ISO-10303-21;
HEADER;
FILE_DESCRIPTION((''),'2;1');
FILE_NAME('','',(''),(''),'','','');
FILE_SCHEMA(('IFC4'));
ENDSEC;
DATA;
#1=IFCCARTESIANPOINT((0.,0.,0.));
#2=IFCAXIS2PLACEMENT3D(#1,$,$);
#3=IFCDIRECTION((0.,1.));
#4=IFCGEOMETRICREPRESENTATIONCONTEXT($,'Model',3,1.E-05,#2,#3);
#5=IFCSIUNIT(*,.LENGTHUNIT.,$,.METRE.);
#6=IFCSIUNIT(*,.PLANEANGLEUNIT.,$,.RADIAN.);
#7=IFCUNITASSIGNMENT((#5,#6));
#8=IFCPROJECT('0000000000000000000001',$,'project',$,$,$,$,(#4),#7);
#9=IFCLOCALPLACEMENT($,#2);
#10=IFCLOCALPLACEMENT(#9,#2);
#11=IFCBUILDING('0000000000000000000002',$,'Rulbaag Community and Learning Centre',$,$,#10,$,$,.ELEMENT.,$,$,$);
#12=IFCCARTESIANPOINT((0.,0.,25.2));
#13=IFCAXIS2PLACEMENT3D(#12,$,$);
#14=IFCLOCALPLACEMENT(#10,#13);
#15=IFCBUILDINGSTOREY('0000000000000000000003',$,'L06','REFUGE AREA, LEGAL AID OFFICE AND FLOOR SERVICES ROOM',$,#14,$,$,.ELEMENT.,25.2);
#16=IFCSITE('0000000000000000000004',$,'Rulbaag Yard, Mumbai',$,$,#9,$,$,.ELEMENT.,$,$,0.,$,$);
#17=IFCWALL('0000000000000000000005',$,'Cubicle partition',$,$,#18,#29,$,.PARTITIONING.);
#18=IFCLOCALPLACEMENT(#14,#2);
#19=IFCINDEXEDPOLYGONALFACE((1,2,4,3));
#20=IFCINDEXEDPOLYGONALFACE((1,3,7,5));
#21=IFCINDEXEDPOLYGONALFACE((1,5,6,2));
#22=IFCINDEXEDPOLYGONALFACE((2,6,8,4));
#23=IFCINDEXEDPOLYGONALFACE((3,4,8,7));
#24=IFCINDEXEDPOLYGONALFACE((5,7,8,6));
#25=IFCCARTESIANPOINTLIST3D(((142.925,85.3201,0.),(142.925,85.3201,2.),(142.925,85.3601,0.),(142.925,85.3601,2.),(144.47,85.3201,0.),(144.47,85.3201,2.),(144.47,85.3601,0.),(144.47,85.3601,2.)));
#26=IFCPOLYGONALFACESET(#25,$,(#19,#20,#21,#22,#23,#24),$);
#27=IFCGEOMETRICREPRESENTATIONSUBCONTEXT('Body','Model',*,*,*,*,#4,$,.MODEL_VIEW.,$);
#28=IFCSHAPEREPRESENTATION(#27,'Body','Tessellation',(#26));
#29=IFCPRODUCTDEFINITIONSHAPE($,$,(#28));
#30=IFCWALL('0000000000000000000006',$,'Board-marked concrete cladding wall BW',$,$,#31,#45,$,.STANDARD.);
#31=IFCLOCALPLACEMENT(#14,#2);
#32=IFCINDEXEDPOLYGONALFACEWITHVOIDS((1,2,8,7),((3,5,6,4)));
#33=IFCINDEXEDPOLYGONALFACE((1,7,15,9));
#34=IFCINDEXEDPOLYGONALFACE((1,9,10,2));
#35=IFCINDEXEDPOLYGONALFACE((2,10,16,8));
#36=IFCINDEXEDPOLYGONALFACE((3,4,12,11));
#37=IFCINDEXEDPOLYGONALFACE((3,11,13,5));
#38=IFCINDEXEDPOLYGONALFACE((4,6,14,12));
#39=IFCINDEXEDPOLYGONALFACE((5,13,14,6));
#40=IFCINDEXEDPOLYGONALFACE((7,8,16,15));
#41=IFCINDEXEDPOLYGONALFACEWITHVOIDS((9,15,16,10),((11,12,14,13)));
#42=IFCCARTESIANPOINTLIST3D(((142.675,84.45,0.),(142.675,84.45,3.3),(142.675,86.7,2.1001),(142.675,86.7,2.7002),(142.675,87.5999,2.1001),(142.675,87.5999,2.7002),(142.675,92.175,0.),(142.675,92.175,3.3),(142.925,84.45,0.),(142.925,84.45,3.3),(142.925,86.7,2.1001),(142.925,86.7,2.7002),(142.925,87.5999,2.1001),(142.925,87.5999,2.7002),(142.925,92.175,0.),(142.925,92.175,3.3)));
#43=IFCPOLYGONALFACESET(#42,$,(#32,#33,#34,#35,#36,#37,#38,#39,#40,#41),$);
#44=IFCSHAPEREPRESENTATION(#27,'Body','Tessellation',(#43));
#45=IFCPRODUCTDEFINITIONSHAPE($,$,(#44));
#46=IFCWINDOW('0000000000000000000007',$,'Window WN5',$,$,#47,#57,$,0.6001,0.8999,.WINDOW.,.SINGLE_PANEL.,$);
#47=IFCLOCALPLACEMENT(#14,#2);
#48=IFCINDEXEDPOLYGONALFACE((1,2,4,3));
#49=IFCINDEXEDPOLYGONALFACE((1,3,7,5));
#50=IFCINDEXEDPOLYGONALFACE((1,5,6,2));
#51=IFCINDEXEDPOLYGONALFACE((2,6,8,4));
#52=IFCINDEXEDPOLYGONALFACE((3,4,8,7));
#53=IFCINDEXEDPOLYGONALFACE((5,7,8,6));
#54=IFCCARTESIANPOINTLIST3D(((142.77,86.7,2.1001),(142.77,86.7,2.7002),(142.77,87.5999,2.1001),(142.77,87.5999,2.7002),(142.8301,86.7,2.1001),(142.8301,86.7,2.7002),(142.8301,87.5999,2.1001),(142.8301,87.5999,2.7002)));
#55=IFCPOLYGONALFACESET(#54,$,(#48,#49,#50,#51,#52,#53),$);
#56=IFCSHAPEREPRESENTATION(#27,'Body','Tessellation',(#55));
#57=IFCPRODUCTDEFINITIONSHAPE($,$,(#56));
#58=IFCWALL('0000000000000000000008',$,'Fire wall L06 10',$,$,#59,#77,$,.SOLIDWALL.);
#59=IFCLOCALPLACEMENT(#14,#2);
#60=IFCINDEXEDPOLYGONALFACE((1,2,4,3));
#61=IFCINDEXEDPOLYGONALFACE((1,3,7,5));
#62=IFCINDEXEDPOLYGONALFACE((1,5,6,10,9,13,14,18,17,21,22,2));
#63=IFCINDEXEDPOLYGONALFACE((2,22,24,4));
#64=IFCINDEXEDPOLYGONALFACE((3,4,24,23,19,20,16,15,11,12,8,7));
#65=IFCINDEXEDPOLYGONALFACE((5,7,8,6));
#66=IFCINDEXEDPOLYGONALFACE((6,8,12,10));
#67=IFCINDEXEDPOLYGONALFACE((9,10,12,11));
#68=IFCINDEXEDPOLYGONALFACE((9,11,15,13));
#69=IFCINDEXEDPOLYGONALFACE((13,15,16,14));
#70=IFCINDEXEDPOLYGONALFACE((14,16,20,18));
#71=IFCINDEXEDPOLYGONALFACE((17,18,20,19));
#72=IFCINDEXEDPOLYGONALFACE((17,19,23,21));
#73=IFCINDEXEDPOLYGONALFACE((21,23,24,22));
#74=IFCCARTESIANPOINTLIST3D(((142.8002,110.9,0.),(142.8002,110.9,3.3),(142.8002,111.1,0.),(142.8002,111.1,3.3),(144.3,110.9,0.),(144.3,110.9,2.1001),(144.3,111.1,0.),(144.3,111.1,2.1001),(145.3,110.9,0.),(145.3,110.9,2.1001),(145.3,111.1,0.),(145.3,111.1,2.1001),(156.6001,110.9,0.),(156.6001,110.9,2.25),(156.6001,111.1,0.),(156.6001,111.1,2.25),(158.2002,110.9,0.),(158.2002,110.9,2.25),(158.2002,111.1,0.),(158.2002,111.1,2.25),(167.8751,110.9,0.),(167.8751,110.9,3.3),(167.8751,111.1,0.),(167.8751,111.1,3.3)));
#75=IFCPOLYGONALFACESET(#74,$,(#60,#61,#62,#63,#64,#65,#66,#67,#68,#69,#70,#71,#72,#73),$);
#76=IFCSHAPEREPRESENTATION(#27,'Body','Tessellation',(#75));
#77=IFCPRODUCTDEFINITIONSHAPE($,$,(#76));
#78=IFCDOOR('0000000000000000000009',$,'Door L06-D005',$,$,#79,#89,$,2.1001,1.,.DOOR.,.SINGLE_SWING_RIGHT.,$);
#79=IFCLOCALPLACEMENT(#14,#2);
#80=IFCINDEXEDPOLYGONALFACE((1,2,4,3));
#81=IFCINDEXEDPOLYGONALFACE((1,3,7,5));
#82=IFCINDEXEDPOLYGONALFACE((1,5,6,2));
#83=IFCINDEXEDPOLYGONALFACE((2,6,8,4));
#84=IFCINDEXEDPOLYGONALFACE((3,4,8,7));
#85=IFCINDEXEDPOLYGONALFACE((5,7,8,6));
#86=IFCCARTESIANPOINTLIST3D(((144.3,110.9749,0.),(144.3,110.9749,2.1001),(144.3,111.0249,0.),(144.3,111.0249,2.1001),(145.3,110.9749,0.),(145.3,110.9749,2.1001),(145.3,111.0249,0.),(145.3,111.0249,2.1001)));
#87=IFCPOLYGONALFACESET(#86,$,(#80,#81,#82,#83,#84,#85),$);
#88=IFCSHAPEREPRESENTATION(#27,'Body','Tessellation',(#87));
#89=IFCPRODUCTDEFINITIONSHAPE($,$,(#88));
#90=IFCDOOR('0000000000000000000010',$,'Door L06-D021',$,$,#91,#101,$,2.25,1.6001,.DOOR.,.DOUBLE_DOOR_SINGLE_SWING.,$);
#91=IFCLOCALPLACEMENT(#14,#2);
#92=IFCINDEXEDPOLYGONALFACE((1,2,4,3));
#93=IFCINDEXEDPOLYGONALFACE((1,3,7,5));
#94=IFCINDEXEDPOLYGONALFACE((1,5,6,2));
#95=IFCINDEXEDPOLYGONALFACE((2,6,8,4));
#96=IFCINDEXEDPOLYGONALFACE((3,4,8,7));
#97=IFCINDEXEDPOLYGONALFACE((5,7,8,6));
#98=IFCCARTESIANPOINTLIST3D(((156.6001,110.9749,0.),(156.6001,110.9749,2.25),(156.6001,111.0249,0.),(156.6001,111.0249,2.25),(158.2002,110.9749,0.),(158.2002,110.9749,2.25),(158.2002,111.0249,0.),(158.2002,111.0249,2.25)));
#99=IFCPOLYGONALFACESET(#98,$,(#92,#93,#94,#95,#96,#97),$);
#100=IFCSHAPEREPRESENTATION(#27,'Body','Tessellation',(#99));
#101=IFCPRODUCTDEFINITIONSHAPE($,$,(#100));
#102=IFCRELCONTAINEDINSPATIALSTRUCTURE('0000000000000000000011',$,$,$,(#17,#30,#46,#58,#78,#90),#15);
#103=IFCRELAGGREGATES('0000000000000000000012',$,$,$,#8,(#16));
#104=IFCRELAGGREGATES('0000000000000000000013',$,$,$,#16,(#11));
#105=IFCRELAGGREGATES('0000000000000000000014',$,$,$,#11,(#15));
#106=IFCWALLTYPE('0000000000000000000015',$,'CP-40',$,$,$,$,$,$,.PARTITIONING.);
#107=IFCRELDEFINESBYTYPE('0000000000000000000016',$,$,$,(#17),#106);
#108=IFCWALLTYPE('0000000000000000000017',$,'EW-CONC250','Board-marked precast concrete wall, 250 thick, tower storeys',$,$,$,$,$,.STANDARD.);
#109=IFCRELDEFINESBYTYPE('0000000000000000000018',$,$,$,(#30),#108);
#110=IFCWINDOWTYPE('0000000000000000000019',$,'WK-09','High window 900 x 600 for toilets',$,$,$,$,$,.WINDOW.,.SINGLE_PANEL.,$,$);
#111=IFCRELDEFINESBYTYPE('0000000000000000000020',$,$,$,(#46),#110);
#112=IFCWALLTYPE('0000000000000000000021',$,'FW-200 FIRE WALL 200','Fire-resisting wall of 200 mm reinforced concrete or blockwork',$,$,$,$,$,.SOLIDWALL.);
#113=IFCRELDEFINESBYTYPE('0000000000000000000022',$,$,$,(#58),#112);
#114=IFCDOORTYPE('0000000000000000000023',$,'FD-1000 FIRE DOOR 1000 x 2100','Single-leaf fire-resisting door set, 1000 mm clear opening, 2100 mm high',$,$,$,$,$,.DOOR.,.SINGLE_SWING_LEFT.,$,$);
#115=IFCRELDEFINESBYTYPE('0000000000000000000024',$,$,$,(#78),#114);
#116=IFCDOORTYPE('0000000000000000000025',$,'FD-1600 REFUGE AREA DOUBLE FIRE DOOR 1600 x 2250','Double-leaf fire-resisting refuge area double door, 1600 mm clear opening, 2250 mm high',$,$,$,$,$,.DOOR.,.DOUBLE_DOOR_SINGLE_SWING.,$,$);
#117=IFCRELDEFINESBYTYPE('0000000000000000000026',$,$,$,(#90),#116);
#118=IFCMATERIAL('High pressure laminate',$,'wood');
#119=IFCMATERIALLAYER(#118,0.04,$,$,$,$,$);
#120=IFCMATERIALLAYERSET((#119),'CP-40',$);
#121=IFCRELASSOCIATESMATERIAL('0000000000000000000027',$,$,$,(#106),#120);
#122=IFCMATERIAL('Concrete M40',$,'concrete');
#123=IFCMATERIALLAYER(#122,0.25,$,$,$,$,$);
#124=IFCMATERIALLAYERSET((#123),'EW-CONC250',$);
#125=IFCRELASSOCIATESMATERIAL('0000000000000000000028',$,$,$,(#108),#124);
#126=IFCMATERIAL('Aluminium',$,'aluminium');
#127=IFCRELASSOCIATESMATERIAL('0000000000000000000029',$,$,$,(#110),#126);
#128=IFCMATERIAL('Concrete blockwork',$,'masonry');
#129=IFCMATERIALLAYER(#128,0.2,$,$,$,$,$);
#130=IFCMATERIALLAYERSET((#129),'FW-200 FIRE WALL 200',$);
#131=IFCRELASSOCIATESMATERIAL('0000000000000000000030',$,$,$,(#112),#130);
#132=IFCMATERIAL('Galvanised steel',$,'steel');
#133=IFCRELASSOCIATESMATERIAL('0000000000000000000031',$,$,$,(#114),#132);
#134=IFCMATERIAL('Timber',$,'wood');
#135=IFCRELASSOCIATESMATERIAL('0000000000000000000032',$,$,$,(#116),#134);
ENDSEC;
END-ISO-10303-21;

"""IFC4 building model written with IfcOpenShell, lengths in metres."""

from ifc_helpers import new_model, si_unit, direction, frame, frame_2d, origin, place, context, subcontext, project, spatial, rectangle, extrude, material, layer, layer_set, type_object, element, fill, save


model = new_model("IFC4")

# Units and contexts
model_context = context("Model", 3, precision=1e-05, world=origin(), true_north=direction((0.0, 1.0)))
body_context = subcontext(model_context, "Body", "Model", "MODEL_VIEW")
ifc_project = project(units=[si_unit("LENGTHUNIT", "METRE"), si_unit("PLANEANGLEUNIT", "RADIAN")], contexts=[model_context])

# Site, building, storey
site_placement = place(None, origin())
site = spatial("IfcSite", under=ifc_project, at=site_placement, Name="Rulbaag Yard, Mumbai", CompositionType="ELEMENT", RefElevation=0.0)
building_placement = place(site_placement, origin())
building = spatial("IfcBuilding", under=site, at=building_placement, Name="Rulbaag Community and Learning Centre", CompositionType="ELEMENT")
storey_placement = place(building_placement, frame((0.0, 0.0, 25.2)))
storey = spatial("IfcBuildingStorey", under=building, at=storey_placement, Name="L06", Description="REFUGE AREA, LEGAL AID OFFICE AND FLOOR SERVICES ROOM", CompositionType="ELEMENT", Elevation=25.2)

# Shared definitions
ifc_material_1 = material(Name="Aluminium", Category="aluminium")

# Wall
ifc_material_2 = material(Name="High pressure laminate", Category="wood")
ifc_layer_1 = layer(ifc_material_2, 0.04)
ifc_layer_set_1 = layer_set([ifc_layer_1], Name="CP-40")
wall_type_1 = type_object("IfcWallType", Name="CP-40", PredefinedType="PARTITIONING", material=ifc_layer_set_1)
wall_1_placement = place(storey_placement, frame((142.925, 85.3401, 0.0), z_axis=(0.0, 0.0, 1.0), x_axis=(1.0, 0.0, 0.0)))
element("IfcWall", 1, at=wall_1_placement, inside=storey, type_object=wall_type_1, Name="Cubicle partition", PredefinedType="PARTITIONING", context=body_context, shape_type="SweptSolid", body=[
    extrude(rectangle(XDim=1.5449, YDim=0.04, at=frame_2d((0.7725, 0.0))), origin(), (0.0, 0.0, 1.0), 2.0),
])

# Wall, opening, window
ifc_material_3 = material(Name="Concrete M40", Category="concrete")
ifc_layer_2 = layer(ifc_material_3, 0.25)
ifc_layer_set_2 = layer_set([ifc_layer_2], Name="EW-CONC250")
wall_type_2 = type_object("IfcWallType", Name="EW-CONC250", Description="Board-marked precast concrete wall, 250 thick, tower storeys", PredefinedType="STANDARD", material=ifc_layer_set_2)
wall_2_placement = place(storey_placement, frame((142.8, 84.45, 0.0), z_axis=(0.0, 0.0, 1.0), x_axis=(0.0, 1.0, 0.0)))
wall_2 = element("IfcWall", 2, at=wall_2_placement, inside=storey, type_object=wall_type_2, Name="Board-marked concrete cladding wall BW", PredefinedType="STANDARD", context=body_context, shape_type="SweptSolid", body=[
    extrude(rectangle(XDim=7.7251, YDim=0.25, at=frame_2d((3.8625, 0.0))), origin(), (0.0, 0.0, 1.0), 3.3),
])
opening_1_placement = place(wall_2_placement, frame((2.25, 0.0, 2.1001)))
opening_1 = element("IfcOpeningElement", 3, at=opening_1_placement, cuts=wall_2, PredefinedType="OPENING", context=body_context, shape_type="SweptSolid", body=[
    extrude(rectangle(XDim=0.8999, YDim=0.6001, at=frame_2d((0.45, 0.3))), frame((0.0, 0.135, 0.0), z_axis=(0.0, -1.0, 0.0), x_axis=(1.0, 0.0, 0.0)), (0.0, 0.0, 1.0), 0.27),
])
window_type_1 = type_object("IfcWindowType", Name="WK-09", Description="High window 900 x 600 for toilets", PartitioningType="SINGLE_PANEL", PredefinedType="WINDOW", material=ifc_material_1)
window_1_placement = place(opening_1_placement, origin())
window_1 = element("IfcWindow", 4, at=window_1_placement, inside=storey, type_object=window_type_1, Name="Window WN5", OverallHeight=0.6001, OverallWidth=0.8999, PartitioningType="SINGLE_PANEL", PredefinedType="WINDOW", context=body_context, shape_type="SweptSolid", body=[
    extrude(rectangle(XDim=0.8999, YDim=0.6001, at=frame_2d((0.45, 0.3))), frame((0.0, 0.03, 0.0), z_axis=(0.0, -1.0, 0.0), x_axis=(1.0, 0.0, 0.0)), (0.0, 0.0, 1.0), 0.0601),
])
fill(opening_1, window_1)

# Wall, openings, doors
ifc_material_4 = material(Name="Concrete blockwork", Category="masonry")
ifc_layer_3 = layer(ifc_material_4, 0.2)
ifc_layer_set_3 = layer_set([ifc_layer_3], Name="FW-200 FIRE WALL 200")
wall_type_3 = type_object("IfcWallType", Name="FW-200 FIRE WALL 200", Description="Fire-resisting wall of 200 mm reinforced concrete or blockwork", PredefinedType="SOLIDWALL", material=ifc_layer_set_3)
wall_3_placement = place(storey_placement, frame((142.8, 111.0, 0.0), z_axis=(0.0, 0.0, 1.0), x_axis=(1.0, 0.0, 0.0)))
wall_3 = element("IfcWall", 5, at=wall_3_placement, inside=storey, type_object=wall_type_3, Name="Fire wall L06 10", PredefinedType="SOLIDWALL", context=body_context, shape_type="SweptSolid", body=[
    extrude(rectangle(XDim=25.075, YDim=0.2, at=frame_2d((12.5376, 0.0))), origin(), (0.0, 0.0, 1.0), 3.3),
])
opening_2_placement = place(wall_3_placement, frame((1.5, 0.0, 0.0)))
opening_2 = element("IfcOpeningElement", 6, at=opening_2_placement, cuts=wall_3, PredefinedType="OPENING", context=body_context, shape_type="SweptSolid", body=[
    extrude(rectangle(XDim=1.0, YDim=2.1001, at=frame_2d((0.5, 1.05))), frame((0.0, 0.1099, 0.0), z_axis=(0.0, -1.0, 0.0), x_axis=(1.0, 0.0, 0.0)), (0.0, 0.0, 1.0), 0.22),
])
opening_3_placement = place(wall_3_placement, frame((13.8, 0.0, 0.0)))
opening_3 = element("IfcOpeningElement", 7, at=opening_3_placement, cuts=wall_3, PredefinedType="OPENING", context=body_context, shape_type="SweptSolid", body=[
    extrude(rectangle(XDim=1.6001, YDim=2.25, at=frame_2d((0.8, 1.125))), frame((0.0, 0.1099, 0.0), z_axis=(0.0, -1.0, 0.0), x_axis=(1.0, 0.0, 0.0)), (0.0, 0.0, 1.0), 0.22),
])
ifc_material_5 = material(Name="Galvanised steel", Category="steel")
door_type_1 = type_object("IfcDoorType", Name="FD-1000 FIRE DOOR 1000 x 2100", Description="Single-leaf fire-resisting door set, 1000 mm clear opening, 2100 mm high", OperationType="SINGLE_SWING_LEFT", PredefinedType="DOOR", material=ifc_material_5)
door_1_placement = place(opening_2_placement, origin())
door_1 = element("IfcDoor", 8, at=door_1_placement, inside=storey, type_object=door_type_1, Name="Door L06-D005", OperationType="SINGLE_SWING_RIGHT", OverallHeight=2.1001, OverallWidth=1.0, PredefinedType="DOOR", context=body_context, shape_type="SweptSolid", body=[
    extrude(rectangle(XDim=1.0, YDim=2.1001, at=frame_2d((0.5, 1.05))), frame((0.0, 0.0249, 0.0), z_axis=(0.0, -1.0, 0.0), x_axis=(1.0, 0.0, 0.0)), (0.0, 0.0, 1.0), 0.05),
])
fill(opening_2, door_1)
ifc_material_6 = material(Name="Timber", Category="wood")
door_type_2 = type_object("IfcDoorType", Name="FD-1600 REFUGE AREA DOUBLE FIRE DOOR 1600 x 2250", Description="Double-leaf fire-resisting refuge area double door, 1600 mm clear opening, 2250 mm high", OperationType="DOUBLE_DOOR_SINGLE_SWING", PredefinedType="DOOR", material=ifc_material_6)
door_2_placement = place(opening_3_placement, origin())
door_2 = element("IfcDoor", 9, at=door_2_placement, inside=storey, type_object=door_type_2, Name="Door L06-D021", OperationType="DOUBLE_DOOR_SINGLE_SWING", OverallHeight=2.25, OverallWidth=1.6001, PredefinedType="DOOR", context=body_context, shape_type="SweptSolid", body=[
    extrude(rectangle(XDim=1.6001, YDim=2.25, at=frame_2d((0.8, 1.125))), frame((0.0, 0.0249, 0.0), z_axis=(0.0, -1.0, 0.0), x_axis=(1.0, 0.0, 0.0)), (0.0, 0.0, 1.0), 0.05),
])
fill(opening_3, door_2)

save(model, "model.ifc")
